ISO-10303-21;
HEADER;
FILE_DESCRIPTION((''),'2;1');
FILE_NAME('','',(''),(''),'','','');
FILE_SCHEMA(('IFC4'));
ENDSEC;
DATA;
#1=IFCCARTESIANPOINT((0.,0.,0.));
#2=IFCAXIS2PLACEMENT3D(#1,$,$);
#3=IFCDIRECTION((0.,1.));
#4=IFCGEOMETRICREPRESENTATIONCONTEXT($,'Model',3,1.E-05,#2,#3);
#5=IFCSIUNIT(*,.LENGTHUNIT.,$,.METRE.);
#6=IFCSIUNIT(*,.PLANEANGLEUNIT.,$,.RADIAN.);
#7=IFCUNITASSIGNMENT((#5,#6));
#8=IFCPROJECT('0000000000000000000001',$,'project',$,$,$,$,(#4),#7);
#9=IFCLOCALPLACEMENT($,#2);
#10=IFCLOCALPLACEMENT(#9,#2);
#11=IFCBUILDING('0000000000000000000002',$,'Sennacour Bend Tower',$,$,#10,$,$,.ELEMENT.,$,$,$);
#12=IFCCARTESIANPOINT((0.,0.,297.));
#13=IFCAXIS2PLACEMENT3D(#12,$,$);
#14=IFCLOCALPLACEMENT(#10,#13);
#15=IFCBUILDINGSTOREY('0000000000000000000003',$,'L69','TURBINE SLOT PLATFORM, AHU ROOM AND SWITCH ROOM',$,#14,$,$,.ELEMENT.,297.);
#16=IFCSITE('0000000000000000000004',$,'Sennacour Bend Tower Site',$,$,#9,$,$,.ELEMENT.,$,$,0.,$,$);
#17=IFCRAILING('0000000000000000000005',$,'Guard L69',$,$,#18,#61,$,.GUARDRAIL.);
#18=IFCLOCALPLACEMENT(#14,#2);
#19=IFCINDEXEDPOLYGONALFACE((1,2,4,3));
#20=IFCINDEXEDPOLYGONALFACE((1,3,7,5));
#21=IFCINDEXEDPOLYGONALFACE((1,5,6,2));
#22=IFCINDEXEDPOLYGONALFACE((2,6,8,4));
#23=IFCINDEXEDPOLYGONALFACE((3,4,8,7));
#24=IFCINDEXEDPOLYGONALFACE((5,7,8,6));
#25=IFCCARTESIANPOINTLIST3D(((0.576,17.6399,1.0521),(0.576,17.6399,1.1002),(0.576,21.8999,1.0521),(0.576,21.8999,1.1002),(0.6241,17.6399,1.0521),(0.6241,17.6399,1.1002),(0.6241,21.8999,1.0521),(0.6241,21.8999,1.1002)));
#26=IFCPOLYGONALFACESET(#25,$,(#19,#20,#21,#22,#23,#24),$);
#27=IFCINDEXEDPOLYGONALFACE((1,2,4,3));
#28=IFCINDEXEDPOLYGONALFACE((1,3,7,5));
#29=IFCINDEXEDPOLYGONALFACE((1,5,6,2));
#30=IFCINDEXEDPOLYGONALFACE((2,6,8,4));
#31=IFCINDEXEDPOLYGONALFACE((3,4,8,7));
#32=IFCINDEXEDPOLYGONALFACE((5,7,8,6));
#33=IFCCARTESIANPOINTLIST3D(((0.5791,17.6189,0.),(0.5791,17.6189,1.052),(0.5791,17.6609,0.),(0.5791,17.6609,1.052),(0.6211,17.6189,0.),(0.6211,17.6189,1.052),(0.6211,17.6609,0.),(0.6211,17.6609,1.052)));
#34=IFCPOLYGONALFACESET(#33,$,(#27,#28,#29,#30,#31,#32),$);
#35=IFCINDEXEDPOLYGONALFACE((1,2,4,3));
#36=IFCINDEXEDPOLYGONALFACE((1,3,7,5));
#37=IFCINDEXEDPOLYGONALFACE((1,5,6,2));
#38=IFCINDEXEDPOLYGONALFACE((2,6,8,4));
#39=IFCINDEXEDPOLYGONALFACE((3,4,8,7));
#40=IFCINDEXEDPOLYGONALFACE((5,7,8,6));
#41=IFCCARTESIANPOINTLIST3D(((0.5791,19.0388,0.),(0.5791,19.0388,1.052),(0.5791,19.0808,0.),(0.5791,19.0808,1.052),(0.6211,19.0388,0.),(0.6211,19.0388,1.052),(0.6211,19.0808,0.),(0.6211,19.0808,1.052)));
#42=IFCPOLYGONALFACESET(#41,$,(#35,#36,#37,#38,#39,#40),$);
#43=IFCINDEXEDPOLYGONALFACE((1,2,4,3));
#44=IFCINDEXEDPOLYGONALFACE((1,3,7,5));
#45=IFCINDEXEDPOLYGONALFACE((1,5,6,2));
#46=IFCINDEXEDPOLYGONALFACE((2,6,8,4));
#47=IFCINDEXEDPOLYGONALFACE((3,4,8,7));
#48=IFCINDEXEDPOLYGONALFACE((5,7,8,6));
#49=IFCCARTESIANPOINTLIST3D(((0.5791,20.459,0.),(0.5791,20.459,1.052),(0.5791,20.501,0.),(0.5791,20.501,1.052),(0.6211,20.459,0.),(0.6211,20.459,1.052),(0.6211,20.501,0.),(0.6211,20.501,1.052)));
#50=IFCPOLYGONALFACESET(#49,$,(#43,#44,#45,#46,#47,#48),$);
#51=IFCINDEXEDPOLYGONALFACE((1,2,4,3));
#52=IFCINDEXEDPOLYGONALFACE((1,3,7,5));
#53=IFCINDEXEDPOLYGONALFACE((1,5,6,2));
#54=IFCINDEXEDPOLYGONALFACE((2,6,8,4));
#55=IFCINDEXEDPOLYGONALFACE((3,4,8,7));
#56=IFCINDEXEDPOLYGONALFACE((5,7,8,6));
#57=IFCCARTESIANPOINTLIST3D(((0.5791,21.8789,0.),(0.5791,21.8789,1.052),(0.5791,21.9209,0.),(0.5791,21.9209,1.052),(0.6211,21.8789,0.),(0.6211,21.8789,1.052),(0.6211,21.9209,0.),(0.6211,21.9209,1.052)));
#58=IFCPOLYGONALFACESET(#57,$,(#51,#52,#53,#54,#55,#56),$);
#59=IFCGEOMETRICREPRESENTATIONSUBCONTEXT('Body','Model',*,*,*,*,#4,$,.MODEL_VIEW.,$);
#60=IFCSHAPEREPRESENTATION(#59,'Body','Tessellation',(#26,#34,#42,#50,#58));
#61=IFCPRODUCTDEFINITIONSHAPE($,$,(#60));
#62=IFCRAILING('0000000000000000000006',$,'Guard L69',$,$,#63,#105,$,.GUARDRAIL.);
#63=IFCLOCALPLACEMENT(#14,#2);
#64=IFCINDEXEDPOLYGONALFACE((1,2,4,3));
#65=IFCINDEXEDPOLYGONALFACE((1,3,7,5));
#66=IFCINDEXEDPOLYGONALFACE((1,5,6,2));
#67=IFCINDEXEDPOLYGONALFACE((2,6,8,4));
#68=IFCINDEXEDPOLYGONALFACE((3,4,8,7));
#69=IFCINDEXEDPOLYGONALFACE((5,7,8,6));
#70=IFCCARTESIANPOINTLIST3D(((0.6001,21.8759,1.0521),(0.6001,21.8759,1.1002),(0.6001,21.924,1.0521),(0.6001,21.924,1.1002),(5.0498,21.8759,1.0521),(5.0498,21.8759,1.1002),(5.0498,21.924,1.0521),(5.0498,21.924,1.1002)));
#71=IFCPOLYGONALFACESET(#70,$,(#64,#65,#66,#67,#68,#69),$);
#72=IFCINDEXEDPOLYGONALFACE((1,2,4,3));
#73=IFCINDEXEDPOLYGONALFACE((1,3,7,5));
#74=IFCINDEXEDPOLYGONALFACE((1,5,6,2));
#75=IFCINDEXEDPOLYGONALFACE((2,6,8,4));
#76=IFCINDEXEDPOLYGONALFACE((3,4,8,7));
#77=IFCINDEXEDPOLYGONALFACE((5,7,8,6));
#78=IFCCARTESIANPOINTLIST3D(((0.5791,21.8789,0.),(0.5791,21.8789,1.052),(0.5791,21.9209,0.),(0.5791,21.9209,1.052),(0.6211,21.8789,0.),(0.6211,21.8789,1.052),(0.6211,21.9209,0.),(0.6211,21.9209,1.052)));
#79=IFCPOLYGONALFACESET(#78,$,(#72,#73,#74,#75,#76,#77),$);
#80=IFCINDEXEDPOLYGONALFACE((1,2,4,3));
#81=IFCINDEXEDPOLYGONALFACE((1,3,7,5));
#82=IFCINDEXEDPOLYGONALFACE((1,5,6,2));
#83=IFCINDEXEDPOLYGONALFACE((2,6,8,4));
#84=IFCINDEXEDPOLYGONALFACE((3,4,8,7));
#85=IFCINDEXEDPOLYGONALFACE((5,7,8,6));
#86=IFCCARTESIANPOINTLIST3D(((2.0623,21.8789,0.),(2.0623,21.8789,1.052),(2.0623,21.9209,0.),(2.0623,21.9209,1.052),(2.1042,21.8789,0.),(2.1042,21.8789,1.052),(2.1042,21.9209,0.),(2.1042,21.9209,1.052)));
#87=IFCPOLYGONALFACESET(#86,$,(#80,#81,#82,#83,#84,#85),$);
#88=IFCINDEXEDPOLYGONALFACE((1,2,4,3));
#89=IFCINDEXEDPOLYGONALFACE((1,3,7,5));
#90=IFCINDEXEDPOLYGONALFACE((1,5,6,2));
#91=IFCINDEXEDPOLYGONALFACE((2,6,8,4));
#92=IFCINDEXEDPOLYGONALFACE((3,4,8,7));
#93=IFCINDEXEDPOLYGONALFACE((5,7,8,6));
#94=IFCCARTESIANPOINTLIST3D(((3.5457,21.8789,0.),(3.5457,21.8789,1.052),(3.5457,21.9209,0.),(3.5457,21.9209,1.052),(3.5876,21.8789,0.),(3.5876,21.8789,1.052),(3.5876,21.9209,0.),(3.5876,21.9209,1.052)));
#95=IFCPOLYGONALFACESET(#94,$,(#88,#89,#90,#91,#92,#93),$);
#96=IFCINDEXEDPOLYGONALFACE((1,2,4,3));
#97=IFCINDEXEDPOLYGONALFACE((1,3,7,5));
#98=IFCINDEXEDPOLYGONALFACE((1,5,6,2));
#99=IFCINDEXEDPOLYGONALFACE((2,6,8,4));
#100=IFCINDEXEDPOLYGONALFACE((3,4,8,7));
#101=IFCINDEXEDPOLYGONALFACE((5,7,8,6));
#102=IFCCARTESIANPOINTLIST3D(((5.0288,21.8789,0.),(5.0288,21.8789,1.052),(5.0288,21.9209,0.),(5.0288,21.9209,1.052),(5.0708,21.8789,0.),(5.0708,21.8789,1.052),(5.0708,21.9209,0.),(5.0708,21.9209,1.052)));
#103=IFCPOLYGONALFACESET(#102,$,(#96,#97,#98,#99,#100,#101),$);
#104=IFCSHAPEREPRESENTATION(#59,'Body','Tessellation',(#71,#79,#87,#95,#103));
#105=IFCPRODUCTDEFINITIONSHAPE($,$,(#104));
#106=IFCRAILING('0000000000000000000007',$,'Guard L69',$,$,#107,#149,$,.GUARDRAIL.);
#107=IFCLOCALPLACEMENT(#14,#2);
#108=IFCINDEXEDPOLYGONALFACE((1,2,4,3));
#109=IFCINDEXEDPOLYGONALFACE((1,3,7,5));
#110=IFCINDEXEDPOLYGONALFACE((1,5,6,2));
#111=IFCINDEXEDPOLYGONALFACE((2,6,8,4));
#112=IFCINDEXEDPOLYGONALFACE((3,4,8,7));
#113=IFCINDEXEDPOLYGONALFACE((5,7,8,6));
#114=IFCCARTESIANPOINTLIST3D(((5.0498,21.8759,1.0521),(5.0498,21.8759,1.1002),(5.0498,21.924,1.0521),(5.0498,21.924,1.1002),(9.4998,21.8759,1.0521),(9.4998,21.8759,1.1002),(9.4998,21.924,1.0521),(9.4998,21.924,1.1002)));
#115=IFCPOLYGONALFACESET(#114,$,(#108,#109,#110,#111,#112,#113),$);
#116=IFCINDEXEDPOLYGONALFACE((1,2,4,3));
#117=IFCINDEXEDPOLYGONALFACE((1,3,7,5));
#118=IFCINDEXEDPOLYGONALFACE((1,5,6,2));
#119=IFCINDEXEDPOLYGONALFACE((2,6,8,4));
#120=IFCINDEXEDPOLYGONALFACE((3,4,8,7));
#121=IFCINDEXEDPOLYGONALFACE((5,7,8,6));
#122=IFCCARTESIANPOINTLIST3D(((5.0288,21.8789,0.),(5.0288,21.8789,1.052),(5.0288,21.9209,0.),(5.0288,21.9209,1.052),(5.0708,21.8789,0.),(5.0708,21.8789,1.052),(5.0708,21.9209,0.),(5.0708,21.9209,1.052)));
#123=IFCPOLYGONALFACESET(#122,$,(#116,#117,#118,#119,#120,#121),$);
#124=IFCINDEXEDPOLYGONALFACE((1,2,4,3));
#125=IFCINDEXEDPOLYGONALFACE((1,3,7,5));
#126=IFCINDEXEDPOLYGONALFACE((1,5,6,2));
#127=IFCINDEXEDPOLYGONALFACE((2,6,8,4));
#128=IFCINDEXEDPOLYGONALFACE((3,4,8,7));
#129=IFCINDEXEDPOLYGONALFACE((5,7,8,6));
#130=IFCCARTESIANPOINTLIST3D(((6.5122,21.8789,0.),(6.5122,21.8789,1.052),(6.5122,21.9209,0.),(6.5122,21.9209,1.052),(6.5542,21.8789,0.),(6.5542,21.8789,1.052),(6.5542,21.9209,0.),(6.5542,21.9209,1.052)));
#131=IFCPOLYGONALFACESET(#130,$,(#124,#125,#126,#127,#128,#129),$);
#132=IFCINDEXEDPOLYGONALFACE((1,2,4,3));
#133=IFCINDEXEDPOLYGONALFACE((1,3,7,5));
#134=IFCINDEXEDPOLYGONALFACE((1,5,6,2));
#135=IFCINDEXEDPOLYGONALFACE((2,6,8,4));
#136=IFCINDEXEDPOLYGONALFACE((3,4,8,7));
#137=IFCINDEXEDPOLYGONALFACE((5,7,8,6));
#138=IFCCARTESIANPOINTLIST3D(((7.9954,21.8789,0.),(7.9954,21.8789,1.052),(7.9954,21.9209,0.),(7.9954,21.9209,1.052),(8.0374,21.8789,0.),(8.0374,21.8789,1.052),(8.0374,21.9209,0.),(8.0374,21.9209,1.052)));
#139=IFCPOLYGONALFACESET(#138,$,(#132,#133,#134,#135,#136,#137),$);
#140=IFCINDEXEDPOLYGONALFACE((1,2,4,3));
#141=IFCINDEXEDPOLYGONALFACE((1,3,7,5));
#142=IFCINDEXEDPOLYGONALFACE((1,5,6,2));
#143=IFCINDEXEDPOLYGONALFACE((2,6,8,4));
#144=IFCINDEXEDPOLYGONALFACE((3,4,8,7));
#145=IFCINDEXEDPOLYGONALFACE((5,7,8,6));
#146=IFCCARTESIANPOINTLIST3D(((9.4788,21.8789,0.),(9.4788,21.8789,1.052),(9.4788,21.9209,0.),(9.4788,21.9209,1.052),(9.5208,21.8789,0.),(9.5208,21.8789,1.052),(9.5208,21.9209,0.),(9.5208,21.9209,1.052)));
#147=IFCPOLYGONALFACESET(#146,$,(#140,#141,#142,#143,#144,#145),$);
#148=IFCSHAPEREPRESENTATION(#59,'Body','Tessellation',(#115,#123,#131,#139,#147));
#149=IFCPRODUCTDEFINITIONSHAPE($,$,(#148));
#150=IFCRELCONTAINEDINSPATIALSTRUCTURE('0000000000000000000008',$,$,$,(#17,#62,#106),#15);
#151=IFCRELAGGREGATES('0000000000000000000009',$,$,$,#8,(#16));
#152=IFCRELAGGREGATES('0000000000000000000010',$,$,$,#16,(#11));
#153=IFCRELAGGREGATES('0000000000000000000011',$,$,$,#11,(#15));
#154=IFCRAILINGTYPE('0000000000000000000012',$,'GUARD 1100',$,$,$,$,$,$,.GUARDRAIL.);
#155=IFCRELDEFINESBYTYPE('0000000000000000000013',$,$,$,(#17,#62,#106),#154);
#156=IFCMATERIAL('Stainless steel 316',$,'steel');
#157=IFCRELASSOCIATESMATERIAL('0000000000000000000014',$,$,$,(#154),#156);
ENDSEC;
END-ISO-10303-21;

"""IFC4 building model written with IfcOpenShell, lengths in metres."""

from ifc_helpers import new_model, si_unit, direction, frame, origin, origin_2d, place, context, subcontext, project, spatial, rectangle, extrude, material, type_object, element, save


model = new_model("IFC4")

# Units and contexts
model_context = context("Model", 3, precision=1e-05, world=origin(), true_north=direction((0.0, 1.0)))
body_context = subcontext(model_context, "Body", "Model", "MODEL_VIEW")
ifc_project = project(units=[si_unit("LENGTHUNIT", "METRE"), si_unit("PLANEANGLEUNIT", "RADIAN")], contexts=[model_context])

# Site, building, storey
site_placement = place(None, origin())
site = spatial("IfcSite", under=ifc_project, at=site_placement, Name="Sennacour Bend Tower Site", CompositionType="ELEMENT", RefElevation=0.0)
building_placement = place(site_placement, origin())
building = spatial("IfcBuilding", under=site, at=building_placement, Name="Sennacour Bend Tower", CompositionType="ELEMENT")
storey_placement = place(building_placement, frame((0.0, 0.0, 297.0)))
storey = spatial("IfcBuildingStorey", under=building, at=storey_placement, Name="L69", Description="TURBINE SLOT PLATFORM, AHU ROOM AND SWITCH ROOM", CompositionType="ELEMENT", Elevation=297.0)

# Railings
ifc_material_1 = material(Name="Stainless steel 316", Category="steel")
railing_type = type_object("IfcRailingType", Name="GUARD 1100", PredefinedType="GUARDRAIL", material=ifc_material_1)
railing_1_placement = place(storey_placement, frame((0.6001, 17.6399, 0.0)))
element("IfcRailing", 1, at=railing_1_placement, inside=storey, type_object=railing_type, Name="Guard L69", PredefinedType="GUARDRAIL", context=body_context, shape_type="SweptSolid", body=[
    extrude(rectangle(XDim=0.0481, YDim=0.0481, at=origin_2d()), frame((0.0, 0.0, 1.0762), z_axis=(0.0, 1.0, 0.0), x_axis=(-1.0, 0.0, 0.0)), (0.0, 0.0, 1.0), 4.26),
    extrude(rectangle(XDim=0.042, YDim=0.042, at=origin_2d()), origin(), (0.0, 0.0, 1.0), 1.052),
    extrude(rectangle(XDim=0.042, YDim=0.042, at=origin_2d()), frame((0.0, 1.4199, 0.0)), (0.0, 0.0, 1.0), 1.052),
    extrude(rectangle(XDim=0.042, YDim=0.042, at=origin_2d()), frame((0.0, 2.8401, 0.0)), (0.0, 0.0, 1.0), 1.052),
    extrude(rectangle(XDim=0.042, YDim=0.042, at=origin_2d()), frame((0.0, 4.26, 0.0)), (0.0, 0.0, 1.0), 1.052),
])
railing_2_placement = place(storey_placement, frame((0.6001, 21.8999, 0.0)))
element("IfcRailing", 2, at=railing_2_placement, inside=storey, type_object=railing_type, Name="Guard L69", PredefinedType="GUARDRAIL", context=body_context, shape_type="SweptSolid", body=[
    extrude(rectangle(XDim=0.0481, YDim=0.0481, at=origin_2d()), frame((0.0, 0.0, 1.0762), z_axis=(1.0, 0.0, 0.0), x_axis=(0.0, 1.0, 0.0)), (0.0, 0.0, 1.0), 4.4497),
    extrude(rectangle(XDim=0.042, YDim=0.042, at=origin_2d()), origin(), (0.0, 0.0, 1.0), 1.052),
    extrude(rectangle(XDim=0.042, YDim=0.042, at=origin_2d()), frame((1.4832, 0.0, 0.0)), (0.0, 0.0, 1.0), 1.052),
    extrude(rectangle(XDim=0.042, YDim=0.042, at=origin_2d()), frame((2.9666, 0.0, 0.0)), (0.0, 0.0, 1.0), 1.052),
    extrude(rectangle(XDim=0.042, YDim=0.042, at=origin_2d()), frame((4.4497, 0.0, 0.0)), (0.0, 0.0, 1.0), 1.052),
])
railing_3_placement = place(storey_placement, frame((5.0498, 21.8999, 0.0)))
element("IfcRailing", 3, at=railing_3_placement, inside=storey, type_object=railing_type, Name="Guard L69", PredefinedType="GUARDRAIL", context=body_context, shape_type="SweptSolid", body=[
    extrude(rectangle(XDim=0.0481, YDim=0.0481, at=origin_2d()), frame((0.0, 0.0, 1.0762), z_axis=(1.0, 0.0, 0.0), x_axis=(0.0, 1.0, 0.0)), (0.0, 0.0, 1.0), 4.45),
    extrude(rectangle(XDim=0.042, YDim=0.042, at=origin_2d()), origin(), (0.0, 0.0, 1.0), 1.052),
    extrude(rectangle(XDim=0.042, YDim=0.042, at=origin_2d()), frame((1.4834, 0.0, 0.0)), (0.0, 0.0, 1.0), 1.052),
    extrude(rectangle(XDim=0.042, YDim=0.042, at=origin_2d()), frame((2.9666, 0.0, 0.0)), (0.0, 0.0, 1.0), 1.052),
    extrude(rectangle(XDim=0.042, YDim=0.042, at=origin_2d()), frame((4.45, 0.0, 0.0)), (0.0, 0.0, 1.0), 1.052),
])

save(model, "model.ifc")
